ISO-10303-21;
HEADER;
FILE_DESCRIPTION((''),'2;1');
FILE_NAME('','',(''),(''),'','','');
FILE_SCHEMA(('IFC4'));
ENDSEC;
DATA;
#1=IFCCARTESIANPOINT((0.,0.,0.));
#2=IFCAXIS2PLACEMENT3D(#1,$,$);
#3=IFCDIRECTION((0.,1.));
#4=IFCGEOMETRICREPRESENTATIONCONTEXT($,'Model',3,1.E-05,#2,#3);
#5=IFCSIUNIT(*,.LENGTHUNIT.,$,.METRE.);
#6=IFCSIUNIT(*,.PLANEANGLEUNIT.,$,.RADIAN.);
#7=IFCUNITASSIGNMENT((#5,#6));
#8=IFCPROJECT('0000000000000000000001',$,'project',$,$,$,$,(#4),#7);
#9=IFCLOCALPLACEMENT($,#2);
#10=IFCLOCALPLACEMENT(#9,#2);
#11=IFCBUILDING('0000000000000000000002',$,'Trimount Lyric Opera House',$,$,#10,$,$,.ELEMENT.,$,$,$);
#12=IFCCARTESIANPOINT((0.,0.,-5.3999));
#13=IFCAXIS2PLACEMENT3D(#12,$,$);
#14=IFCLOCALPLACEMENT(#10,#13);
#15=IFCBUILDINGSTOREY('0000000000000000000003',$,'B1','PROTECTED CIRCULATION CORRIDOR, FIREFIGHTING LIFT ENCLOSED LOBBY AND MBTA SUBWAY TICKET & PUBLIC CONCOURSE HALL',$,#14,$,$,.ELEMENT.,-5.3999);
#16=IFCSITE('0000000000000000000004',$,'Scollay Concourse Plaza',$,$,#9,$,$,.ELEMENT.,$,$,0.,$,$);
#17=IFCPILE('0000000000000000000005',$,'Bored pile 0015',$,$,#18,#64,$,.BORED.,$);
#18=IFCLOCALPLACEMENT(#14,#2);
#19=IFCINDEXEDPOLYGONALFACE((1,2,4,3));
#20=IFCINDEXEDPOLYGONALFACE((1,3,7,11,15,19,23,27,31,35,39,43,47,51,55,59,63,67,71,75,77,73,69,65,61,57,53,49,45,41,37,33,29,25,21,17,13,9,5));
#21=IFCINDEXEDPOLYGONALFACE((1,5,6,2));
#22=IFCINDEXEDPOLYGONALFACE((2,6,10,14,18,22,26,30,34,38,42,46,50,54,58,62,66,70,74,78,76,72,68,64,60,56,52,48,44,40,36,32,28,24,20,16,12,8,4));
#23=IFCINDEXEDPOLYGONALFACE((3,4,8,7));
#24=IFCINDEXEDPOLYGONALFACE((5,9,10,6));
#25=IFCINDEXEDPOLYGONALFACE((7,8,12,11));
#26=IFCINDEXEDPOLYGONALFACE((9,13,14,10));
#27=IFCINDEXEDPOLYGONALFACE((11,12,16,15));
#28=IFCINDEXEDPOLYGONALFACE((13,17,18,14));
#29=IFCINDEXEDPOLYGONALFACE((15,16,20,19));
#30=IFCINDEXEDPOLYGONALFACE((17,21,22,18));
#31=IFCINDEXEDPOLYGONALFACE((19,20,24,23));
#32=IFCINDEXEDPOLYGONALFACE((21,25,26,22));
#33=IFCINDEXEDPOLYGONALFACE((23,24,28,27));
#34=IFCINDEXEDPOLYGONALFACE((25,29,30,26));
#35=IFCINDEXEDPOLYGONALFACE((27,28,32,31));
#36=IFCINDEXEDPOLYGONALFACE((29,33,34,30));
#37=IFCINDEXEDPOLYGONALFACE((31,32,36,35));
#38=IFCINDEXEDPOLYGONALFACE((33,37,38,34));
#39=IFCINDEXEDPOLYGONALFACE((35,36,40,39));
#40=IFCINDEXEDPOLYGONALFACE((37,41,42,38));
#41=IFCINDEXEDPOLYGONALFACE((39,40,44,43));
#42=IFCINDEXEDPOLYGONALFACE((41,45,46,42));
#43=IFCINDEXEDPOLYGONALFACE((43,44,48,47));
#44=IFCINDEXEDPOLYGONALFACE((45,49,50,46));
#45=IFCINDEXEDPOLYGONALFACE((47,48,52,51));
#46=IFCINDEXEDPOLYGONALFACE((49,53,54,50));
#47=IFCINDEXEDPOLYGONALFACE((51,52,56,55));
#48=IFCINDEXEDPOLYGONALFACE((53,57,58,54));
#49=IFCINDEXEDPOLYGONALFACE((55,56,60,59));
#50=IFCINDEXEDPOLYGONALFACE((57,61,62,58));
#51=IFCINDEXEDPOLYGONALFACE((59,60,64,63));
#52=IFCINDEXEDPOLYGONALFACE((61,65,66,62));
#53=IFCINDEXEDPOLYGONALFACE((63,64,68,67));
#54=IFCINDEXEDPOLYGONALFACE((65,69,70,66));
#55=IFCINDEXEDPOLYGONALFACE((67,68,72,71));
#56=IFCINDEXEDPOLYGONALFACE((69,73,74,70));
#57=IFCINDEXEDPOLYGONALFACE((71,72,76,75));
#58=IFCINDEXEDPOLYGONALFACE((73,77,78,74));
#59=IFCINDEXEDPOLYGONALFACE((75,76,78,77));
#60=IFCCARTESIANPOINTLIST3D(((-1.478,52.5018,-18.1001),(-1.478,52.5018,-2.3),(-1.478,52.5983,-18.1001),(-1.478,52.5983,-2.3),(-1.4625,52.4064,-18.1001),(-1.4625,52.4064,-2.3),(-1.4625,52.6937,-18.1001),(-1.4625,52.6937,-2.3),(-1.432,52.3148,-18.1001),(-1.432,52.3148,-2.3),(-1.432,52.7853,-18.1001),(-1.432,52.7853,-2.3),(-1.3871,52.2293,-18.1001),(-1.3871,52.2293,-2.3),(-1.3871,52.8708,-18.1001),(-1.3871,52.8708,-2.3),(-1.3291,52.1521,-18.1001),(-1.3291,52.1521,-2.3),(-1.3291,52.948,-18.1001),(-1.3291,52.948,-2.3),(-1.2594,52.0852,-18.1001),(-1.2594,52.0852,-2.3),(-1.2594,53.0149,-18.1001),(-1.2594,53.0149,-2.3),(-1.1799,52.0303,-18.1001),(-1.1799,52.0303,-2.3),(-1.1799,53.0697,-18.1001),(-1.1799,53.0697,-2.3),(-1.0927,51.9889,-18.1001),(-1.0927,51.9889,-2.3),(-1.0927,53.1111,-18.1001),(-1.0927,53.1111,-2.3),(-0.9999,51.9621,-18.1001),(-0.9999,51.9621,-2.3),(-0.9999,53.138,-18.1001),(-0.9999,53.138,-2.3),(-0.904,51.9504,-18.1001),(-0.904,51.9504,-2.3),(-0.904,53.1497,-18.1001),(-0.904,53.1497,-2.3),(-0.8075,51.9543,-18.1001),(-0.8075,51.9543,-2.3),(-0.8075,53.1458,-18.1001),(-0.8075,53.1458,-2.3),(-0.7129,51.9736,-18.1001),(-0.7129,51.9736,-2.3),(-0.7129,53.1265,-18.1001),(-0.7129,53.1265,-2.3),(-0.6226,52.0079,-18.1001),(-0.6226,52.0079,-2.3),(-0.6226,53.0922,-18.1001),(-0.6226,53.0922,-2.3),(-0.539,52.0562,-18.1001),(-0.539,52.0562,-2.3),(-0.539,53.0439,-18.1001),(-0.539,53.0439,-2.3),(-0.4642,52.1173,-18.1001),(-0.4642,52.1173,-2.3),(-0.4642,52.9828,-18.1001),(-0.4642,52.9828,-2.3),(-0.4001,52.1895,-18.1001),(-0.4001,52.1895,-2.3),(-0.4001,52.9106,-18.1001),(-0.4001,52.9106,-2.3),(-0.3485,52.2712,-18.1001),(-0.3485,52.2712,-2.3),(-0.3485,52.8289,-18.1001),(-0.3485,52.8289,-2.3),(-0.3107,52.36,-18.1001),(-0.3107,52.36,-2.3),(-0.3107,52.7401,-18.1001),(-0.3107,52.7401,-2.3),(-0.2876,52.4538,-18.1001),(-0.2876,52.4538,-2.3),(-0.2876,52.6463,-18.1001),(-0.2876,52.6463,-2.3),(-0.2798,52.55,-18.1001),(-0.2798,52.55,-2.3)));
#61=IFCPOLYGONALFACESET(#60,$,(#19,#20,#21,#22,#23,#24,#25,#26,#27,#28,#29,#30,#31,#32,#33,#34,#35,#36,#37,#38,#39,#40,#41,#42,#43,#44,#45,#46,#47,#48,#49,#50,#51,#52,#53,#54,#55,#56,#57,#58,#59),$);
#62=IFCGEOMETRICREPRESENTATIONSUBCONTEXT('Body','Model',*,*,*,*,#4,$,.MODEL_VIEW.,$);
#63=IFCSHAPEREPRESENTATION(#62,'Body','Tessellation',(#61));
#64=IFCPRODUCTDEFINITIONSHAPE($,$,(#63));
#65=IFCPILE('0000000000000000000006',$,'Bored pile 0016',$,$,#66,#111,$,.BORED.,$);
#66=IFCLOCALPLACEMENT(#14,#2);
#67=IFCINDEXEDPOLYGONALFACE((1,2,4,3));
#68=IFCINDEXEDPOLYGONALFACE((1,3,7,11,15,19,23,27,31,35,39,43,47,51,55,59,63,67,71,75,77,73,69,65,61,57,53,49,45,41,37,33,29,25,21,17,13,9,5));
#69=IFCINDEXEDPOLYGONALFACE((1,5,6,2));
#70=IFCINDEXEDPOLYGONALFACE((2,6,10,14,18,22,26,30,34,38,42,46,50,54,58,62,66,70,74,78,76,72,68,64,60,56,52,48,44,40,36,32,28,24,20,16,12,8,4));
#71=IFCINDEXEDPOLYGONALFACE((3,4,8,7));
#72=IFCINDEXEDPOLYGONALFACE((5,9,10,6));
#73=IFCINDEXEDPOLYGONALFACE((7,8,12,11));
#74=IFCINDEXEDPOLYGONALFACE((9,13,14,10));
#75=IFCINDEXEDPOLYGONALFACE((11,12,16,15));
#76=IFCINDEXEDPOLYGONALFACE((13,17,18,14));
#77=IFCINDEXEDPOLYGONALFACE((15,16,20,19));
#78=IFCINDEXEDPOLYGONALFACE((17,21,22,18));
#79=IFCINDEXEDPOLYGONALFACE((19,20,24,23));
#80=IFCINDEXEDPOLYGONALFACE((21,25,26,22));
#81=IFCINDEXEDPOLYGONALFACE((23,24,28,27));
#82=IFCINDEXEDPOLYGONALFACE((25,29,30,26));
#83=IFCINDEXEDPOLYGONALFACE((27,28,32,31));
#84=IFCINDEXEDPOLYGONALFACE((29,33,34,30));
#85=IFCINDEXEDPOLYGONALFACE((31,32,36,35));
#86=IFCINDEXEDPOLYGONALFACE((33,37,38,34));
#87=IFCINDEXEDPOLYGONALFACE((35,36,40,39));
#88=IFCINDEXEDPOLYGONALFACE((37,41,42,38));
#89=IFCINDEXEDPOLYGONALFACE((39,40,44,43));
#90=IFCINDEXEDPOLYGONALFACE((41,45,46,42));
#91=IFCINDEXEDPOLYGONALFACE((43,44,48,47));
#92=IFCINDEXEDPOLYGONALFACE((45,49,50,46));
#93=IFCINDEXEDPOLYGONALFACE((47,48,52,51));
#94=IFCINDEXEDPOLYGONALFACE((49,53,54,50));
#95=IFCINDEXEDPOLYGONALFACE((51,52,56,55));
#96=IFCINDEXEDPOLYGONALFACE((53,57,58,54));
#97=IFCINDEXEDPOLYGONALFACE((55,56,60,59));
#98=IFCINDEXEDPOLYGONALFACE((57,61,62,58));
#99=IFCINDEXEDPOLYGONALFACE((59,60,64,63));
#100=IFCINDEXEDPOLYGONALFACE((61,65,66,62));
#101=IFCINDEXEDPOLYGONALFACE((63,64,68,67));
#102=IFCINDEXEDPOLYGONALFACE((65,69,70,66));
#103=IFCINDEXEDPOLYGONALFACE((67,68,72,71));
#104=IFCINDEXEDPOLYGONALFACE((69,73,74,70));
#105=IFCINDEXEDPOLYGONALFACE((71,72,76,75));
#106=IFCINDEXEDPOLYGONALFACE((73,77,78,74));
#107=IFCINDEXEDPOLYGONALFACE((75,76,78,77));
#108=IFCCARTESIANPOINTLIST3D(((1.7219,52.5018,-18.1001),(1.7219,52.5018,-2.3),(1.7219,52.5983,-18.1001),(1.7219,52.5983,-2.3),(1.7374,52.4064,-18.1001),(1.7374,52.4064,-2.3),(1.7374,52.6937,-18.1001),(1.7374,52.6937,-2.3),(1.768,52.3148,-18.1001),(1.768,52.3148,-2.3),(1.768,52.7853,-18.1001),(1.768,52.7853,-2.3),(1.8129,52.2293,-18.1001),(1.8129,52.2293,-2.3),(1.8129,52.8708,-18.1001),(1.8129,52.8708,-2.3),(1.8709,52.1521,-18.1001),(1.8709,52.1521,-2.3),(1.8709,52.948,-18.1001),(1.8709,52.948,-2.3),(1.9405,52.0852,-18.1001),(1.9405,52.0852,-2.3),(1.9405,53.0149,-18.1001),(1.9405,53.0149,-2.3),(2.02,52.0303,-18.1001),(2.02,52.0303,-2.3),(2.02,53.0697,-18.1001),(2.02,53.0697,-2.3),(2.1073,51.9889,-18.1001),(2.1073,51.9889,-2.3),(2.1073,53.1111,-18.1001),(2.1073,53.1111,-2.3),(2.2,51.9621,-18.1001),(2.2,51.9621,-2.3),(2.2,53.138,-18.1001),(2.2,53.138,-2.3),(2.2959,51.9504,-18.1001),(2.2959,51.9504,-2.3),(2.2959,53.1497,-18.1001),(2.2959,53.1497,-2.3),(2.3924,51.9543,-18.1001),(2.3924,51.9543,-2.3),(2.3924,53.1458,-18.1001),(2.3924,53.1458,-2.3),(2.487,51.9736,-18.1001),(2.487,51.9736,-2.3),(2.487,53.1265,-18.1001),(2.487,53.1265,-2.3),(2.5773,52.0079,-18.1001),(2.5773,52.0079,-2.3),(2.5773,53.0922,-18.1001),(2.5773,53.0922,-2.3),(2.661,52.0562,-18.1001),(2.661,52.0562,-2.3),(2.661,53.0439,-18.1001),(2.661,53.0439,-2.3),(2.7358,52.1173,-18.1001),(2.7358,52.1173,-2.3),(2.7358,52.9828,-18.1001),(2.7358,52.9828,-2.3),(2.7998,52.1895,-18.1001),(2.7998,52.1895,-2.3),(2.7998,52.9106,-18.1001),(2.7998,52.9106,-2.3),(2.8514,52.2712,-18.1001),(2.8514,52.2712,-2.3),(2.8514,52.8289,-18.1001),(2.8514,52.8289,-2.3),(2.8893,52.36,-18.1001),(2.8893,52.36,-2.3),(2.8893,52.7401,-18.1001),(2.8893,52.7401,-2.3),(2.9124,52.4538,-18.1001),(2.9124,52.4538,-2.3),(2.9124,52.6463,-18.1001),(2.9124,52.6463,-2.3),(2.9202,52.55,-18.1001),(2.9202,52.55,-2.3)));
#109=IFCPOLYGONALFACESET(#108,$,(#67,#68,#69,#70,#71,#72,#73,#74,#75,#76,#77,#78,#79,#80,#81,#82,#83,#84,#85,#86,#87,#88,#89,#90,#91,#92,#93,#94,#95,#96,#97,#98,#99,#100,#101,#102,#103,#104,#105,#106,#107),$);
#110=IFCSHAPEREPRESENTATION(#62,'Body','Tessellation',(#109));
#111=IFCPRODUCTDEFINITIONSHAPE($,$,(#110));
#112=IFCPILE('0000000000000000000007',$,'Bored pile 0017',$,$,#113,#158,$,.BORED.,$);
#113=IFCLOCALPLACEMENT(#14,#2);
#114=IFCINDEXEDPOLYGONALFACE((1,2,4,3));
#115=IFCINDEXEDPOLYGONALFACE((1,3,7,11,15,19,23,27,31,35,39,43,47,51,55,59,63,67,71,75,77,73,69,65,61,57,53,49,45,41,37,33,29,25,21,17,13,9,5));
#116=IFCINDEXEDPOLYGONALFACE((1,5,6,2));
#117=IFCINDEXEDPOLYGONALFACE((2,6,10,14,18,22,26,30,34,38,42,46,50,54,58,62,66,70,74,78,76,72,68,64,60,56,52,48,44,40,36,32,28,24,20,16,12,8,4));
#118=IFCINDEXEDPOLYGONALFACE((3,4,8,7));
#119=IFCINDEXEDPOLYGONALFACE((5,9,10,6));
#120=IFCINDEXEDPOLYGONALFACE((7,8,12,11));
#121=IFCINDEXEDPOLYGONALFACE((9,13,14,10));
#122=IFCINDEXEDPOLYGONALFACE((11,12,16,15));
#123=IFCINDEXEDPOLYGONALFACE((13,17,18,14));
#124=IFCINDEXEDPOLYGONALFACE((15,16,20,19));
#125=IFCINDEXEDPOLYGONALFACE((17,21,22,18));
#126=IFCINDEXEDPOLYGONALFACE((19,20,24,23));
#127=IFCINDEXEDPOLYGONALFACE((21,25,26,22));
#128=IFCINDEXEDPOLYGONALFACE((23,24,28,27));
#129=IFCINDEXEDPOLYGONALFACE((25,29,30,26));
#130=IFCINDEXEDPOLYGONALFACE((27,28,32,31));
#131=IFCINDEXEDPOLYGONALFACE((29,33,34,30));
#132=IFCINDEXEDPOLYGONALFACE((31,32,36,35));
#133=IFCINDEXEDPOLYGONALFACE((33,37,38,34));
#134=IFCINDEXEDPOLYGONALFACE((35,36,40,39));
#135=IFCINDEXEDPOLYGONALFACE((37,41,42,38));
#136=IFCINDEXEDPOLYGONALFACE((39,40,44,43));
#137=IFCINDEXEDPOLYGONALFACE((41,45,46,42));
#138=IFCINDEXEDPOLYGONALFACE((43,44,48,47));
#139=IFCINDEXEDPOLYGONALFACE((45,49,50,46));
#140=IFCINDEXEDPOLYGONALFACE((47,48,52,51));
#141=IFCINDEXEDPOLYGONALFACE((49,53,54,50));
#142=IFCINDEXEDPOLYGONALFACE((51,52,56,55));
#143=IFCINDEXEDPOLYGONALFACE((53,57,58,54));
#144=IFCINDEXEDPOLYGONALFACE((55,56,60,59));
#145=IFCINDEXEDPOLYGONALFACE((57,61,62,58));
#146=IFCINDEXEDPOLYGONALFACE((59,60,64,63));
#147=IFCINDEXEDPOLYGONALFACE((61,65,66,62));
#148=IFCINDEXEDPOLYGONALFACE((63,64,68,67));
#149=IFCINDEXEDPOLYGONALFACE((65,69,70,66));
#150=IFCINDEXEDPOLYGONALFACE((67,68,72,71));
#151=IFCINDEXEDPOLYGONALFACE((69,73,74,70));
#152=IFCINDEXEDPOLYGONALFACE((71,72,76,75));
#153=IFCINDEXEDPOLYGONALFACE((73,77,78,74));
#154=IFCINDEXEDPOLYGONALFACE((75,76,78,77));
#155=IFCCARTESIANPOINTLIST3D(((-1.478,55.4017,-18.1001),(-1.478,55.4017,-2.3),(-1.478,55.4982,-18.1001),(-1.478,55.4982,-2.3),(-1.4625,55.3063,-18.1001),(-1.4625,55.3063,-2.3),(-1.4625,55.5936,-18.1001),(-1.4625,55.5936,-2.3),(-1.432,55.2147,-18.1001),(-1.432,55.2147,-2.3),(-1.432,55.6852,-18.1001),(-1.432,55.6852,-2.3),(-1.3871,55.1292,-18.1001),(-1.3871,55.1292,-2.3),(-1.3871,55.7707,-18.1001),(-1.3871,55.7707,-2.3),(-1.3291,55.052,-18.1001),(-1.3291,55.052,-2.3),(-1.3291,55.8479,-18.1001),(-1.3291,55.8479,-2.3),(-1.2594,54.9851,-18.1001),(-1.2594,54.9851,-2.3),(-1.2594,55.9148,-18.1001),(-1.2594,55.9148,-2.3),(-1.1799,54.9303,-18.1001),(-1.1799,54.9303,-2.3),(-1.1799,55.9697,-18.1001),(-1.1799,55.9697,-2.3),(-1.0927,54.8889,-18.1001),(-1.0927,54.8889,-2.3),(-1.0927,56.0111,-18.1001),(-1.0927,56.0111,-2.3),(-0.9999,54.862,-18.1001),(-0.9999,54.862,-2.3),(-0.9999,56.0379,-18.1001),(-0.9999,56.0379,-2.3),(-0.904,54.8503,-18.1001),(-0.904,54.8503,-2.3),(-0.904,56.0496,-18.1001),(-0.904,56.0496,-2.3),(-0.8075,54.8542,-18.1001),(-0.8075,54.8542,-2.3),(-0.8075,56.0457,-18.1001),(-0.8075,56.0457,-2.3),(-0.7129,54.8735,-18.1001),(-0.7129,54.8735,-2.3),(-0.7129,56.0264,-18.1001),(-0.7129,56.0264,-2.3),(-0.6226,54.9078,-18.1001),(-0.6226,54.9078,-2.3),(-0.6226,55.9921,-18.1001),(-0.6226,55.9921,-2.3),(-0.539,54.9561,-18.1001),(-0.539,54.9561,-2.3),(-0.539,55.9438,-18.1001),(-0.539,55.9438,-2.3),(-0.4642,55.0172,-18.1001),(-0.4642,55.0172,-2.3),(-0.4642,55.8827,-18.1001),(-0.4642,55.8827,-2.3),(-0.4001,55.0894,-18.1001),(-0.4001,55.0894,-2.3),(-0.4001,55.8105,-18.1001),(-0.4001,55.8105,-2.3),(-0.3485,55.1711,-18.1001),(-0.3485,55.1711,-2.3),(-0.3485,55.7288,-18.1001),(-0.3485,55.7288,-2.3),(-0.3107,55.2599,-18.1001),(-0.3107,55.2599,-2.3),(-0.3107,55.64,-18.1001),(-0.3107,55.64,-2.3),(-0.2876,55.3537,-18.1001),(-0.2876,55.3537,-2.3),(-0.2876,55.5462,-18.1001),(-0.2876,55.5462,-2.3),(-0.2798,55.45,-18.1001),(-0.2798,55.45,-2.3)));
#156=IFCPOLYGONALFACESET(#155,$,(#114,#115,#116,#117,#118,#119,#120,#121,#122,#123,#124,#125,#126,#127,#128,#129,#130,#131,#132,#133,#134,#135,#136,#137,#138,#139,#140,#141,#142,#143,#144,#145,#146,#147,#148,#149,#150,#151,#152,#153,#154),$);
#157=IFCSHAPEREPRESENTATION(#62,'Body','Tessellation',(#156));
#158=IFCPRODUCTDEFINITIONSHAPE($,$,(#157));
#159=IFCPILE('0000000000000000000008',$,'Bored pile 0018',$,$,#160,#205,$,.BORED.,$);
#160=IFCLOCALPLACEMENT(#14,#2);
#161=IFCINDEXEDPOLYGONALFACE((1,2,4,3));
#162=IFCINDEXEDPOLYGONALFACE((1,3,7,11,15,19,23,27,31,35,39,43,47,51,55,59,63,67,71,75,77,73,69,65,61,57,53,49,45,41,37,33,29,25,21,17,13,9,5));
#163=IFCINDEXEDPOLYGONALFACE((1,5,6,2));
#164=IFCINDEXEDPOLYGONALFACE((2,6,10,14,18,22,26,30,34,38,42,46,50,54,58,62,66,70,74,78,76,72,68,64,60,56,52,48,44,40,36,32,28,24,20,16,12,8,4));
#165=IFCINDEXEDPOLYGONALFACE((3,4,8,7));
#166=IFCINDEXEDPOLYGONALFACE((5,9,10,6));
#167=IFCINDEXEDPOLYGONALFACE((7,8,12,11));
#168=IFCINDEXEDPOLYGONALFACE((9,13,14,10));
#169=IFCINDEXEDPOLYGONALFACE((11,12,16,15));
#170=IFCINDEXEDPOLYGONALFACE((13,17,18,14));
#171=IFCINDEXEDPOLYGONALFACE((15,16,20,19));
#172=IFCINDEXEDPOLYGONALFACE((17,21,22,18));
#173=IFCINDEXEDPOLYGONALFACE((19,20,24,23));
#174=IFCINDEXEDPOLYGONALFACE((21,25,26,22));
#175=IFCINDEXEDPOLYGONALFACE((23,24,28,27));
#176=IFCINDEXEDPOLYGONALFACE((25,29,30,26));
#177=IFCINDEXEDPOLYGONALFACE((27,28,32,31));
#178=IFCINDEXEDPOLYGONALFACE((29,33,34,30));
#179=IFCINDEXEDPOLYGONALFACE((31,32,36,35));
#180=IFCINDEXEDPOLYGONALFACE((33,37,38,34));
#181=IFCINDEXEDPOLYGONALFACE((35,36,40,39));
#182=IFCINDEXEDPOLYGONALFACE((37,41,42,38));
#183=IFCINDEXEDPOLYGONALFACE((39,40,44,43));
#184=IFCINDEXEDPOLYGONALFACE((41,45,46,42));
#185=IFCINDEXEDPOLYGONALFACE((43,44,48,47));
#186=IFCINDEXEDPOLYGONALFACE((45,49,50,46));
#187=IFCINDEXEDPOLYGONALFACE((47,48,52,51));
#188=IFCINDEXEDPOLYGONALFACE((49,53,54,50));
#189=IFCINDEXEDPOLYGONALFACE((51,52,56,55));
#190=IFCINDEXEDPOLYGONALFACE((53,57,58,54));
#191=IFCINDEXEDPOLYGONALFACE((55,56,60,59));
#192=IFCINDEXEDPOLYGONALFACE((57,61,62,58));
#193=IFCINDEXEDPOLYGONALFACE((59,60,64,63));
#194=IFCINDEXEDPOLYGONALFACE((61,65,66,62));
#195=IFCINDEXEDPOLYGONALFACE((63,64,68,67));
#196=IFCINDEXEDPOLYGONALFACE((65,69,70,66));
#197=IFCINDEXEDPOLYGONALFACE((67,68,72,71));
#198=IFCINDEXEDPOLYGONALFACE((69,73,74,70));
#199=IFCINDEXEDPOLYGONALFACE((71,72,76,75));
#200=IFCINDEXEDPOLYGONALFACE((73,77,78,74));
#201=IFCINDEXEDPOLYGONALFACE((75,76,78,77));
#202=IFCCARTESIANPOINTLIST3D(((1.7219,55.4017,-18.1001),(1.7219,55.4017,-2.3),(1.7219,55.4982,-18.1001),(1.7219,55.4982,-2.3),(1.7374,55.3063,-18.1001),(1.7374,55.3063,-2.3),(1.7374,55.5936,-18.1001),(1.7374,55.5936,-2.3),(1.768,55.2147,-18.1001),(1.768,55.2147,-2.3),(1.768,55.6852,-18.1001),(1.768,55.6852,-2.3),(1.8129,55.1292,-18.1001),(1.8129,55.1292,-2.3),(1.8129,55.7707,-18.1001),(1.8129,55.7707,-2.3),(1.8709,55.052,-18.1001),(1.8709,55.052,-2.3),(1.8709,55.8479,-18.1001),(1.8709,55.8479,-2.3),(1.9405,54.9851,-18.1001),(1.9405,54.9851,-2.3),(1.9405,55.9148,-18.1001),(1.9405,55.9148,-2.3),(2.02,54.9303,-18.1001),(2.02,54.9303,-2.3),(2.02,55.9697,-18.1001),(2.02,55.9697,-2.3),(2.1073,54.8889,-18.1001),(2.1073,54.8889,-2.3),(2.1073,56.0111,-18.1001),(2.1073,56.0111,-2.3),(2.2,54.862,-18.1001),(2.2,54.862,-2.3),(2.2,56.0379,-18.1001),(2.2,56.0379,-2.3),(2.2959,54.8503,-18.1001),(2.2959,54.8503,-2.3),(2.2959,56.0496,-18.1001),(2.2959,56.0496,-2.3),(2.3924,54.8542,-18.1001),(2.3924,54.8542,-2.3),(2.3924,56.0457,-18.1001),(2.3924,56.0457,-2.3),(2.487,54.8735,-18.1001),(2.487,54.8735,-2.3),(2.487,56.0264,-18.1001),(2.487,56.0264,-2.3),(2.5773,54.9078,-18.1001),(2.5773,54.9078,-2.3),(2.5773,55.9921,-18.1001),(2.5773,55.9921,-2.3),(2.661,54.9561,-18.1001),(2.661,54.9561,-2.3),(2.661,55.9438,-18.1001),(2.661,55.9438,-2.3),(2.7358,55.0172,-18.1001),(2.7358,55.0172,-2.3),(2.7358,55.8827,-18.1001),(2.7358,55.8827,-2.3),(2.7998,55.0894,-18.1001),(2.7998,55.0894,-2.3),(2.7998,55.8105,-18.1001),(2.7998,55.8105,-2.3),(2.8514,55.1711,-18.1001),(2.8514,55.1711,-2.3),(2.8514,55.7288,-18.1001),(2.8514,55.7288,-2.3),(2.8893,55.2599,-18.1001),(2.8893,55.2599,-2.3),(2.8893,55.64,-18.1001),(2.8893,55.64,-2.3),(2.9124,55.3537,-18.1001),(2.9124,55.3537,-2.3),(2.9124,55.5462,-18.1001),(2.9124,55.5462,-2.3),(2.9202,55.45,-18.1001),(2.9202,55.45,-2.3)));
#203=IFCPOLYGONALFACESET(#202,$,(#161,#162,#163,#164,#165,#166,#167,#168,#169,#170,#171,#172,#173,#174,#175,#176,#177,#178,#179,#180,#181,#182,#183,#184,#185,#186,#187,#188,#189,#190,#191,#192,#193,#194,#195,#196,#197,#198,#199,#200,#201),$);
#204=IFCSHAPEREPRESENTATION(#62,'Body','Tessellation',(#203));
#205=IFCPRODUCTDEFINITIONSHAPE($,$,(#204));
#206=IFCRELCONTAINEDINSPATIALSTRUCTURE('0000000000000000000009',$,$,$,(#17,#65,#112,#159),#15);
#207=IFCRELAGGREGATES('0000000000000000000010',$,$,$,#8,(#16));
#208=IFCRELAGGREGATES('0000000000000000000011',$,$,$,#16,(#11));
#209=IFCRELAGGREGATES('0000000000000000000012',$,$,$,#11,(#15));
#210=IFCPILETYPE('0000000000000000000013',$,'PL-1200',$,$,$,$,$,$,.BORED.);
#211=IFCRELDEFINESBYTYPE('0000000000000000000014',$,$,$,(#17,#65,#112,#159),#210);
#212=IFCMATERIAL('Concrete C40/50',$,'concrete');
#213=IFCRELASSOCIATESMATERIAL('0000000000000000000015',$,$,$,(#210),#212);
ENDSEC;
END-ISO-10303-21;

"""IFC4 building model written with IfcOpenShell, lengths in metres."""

from ifc_helpers import new_model, si_unit, direction, frame, origin, origin_2d, place, context, subcontext, project, spatial, circle, extrude, material, material_profile, profile_set, type_object, element, save


model = new_model("IFC4")

# Units and contexts
model_context = context("Model", 3, precision=1e-05, world=origin(), true_north=direction((0.0, 1.0)))
body_context = subcontext(model_context, "Body", "Model", "MODEL_VIEW")
ifc_project = project(units=[si_unit("LENGTHUNIT", "METRE"), si_unit("PLANEANGLEUNIT", "RADIAN")], contexts=[model_context])

# Site, building, storey
site_placement = place(None, origin())
site = spatial("IfcSite", under=ifc_project, at=site_placement, Name="Scollay Concourse Plaza", CompositionType="ELEMENT", RefElevation=0.0)
building_placement = place(site_placement, origin())
building = spatial("IfcBuilding", under=site, at=building_placement, Name="Trimount Lyric Opera House", CompositionType="ELEMENT")
storey_placement = place(building_placement, frame((0.0, 0.0, -5.3999)))
storey = spatial("IfcBuildingStorey", under=building, at=storey_placement, Name="B1", Description="PROTECTED CIRCULATION CORRIDOR, FIREFIGHTING LIFT ENCLOSED LOBBY AND MBTA SUBWAY TICKET & PUBLIC CONCOURSE HALL", CompositionType="ELEMENT", Elevation=-5.3999)

# Piles
ifc_material_1 = material(Name="Concrete C40/50", Category="concrete")
ifc_material_profile_1 = material_profile(ifc_material_1, circle(Radius=0.6001, at=origin_2d()), Name="PILE-D1200")
ifc_profile_set_1 = profile_set([ifc_material_profile_1], Name="Concrete C40/50")
pile_type_1 = type_object("IfcPileType", Name="PL-1200", PredefinedType="BORED", material=ifc_profile_set_1)
for number, where, z_axis, x_axis, name in (
    (1, (-0.8799, 52.55, -2.3), (0.0, 0.0, -1.0), (1.0, 0.0, 0.0), "Bored pile 0015"),
    (2, (2.3201, 52.55, -2.3), (0.0, 0.0, -1.0), (1.0, 0.0, 0.0), "Bored pile 0016"),
    (3, (-0.8799, 55.45, -2.3), (0.0, 0.0, -1.0), (1.0, 0.0, 0.0), "Bored pile 0017"),
    (4, (2.3201, 55.45, -2.3), (0.0, 0.0, -1.0), (1.0, 0.0, 0.0), "Bored pile 0018"),
):
    element("IfcPile", number, at=place(storey_placement, frame(where, z_axis=z_axis, x_axis=x_axis)), inside=storey, type_object=pile_type_1, Name=name, PredefinedType="BORED", context=body_context, shape_type="SweptSolid", body=[
        extrude(circle(Radius=0.6001, at=origin_2d()), origin(), (0.0, 0.0, 1.0), 15.8),
    ])

save(model, "model.ifc")
